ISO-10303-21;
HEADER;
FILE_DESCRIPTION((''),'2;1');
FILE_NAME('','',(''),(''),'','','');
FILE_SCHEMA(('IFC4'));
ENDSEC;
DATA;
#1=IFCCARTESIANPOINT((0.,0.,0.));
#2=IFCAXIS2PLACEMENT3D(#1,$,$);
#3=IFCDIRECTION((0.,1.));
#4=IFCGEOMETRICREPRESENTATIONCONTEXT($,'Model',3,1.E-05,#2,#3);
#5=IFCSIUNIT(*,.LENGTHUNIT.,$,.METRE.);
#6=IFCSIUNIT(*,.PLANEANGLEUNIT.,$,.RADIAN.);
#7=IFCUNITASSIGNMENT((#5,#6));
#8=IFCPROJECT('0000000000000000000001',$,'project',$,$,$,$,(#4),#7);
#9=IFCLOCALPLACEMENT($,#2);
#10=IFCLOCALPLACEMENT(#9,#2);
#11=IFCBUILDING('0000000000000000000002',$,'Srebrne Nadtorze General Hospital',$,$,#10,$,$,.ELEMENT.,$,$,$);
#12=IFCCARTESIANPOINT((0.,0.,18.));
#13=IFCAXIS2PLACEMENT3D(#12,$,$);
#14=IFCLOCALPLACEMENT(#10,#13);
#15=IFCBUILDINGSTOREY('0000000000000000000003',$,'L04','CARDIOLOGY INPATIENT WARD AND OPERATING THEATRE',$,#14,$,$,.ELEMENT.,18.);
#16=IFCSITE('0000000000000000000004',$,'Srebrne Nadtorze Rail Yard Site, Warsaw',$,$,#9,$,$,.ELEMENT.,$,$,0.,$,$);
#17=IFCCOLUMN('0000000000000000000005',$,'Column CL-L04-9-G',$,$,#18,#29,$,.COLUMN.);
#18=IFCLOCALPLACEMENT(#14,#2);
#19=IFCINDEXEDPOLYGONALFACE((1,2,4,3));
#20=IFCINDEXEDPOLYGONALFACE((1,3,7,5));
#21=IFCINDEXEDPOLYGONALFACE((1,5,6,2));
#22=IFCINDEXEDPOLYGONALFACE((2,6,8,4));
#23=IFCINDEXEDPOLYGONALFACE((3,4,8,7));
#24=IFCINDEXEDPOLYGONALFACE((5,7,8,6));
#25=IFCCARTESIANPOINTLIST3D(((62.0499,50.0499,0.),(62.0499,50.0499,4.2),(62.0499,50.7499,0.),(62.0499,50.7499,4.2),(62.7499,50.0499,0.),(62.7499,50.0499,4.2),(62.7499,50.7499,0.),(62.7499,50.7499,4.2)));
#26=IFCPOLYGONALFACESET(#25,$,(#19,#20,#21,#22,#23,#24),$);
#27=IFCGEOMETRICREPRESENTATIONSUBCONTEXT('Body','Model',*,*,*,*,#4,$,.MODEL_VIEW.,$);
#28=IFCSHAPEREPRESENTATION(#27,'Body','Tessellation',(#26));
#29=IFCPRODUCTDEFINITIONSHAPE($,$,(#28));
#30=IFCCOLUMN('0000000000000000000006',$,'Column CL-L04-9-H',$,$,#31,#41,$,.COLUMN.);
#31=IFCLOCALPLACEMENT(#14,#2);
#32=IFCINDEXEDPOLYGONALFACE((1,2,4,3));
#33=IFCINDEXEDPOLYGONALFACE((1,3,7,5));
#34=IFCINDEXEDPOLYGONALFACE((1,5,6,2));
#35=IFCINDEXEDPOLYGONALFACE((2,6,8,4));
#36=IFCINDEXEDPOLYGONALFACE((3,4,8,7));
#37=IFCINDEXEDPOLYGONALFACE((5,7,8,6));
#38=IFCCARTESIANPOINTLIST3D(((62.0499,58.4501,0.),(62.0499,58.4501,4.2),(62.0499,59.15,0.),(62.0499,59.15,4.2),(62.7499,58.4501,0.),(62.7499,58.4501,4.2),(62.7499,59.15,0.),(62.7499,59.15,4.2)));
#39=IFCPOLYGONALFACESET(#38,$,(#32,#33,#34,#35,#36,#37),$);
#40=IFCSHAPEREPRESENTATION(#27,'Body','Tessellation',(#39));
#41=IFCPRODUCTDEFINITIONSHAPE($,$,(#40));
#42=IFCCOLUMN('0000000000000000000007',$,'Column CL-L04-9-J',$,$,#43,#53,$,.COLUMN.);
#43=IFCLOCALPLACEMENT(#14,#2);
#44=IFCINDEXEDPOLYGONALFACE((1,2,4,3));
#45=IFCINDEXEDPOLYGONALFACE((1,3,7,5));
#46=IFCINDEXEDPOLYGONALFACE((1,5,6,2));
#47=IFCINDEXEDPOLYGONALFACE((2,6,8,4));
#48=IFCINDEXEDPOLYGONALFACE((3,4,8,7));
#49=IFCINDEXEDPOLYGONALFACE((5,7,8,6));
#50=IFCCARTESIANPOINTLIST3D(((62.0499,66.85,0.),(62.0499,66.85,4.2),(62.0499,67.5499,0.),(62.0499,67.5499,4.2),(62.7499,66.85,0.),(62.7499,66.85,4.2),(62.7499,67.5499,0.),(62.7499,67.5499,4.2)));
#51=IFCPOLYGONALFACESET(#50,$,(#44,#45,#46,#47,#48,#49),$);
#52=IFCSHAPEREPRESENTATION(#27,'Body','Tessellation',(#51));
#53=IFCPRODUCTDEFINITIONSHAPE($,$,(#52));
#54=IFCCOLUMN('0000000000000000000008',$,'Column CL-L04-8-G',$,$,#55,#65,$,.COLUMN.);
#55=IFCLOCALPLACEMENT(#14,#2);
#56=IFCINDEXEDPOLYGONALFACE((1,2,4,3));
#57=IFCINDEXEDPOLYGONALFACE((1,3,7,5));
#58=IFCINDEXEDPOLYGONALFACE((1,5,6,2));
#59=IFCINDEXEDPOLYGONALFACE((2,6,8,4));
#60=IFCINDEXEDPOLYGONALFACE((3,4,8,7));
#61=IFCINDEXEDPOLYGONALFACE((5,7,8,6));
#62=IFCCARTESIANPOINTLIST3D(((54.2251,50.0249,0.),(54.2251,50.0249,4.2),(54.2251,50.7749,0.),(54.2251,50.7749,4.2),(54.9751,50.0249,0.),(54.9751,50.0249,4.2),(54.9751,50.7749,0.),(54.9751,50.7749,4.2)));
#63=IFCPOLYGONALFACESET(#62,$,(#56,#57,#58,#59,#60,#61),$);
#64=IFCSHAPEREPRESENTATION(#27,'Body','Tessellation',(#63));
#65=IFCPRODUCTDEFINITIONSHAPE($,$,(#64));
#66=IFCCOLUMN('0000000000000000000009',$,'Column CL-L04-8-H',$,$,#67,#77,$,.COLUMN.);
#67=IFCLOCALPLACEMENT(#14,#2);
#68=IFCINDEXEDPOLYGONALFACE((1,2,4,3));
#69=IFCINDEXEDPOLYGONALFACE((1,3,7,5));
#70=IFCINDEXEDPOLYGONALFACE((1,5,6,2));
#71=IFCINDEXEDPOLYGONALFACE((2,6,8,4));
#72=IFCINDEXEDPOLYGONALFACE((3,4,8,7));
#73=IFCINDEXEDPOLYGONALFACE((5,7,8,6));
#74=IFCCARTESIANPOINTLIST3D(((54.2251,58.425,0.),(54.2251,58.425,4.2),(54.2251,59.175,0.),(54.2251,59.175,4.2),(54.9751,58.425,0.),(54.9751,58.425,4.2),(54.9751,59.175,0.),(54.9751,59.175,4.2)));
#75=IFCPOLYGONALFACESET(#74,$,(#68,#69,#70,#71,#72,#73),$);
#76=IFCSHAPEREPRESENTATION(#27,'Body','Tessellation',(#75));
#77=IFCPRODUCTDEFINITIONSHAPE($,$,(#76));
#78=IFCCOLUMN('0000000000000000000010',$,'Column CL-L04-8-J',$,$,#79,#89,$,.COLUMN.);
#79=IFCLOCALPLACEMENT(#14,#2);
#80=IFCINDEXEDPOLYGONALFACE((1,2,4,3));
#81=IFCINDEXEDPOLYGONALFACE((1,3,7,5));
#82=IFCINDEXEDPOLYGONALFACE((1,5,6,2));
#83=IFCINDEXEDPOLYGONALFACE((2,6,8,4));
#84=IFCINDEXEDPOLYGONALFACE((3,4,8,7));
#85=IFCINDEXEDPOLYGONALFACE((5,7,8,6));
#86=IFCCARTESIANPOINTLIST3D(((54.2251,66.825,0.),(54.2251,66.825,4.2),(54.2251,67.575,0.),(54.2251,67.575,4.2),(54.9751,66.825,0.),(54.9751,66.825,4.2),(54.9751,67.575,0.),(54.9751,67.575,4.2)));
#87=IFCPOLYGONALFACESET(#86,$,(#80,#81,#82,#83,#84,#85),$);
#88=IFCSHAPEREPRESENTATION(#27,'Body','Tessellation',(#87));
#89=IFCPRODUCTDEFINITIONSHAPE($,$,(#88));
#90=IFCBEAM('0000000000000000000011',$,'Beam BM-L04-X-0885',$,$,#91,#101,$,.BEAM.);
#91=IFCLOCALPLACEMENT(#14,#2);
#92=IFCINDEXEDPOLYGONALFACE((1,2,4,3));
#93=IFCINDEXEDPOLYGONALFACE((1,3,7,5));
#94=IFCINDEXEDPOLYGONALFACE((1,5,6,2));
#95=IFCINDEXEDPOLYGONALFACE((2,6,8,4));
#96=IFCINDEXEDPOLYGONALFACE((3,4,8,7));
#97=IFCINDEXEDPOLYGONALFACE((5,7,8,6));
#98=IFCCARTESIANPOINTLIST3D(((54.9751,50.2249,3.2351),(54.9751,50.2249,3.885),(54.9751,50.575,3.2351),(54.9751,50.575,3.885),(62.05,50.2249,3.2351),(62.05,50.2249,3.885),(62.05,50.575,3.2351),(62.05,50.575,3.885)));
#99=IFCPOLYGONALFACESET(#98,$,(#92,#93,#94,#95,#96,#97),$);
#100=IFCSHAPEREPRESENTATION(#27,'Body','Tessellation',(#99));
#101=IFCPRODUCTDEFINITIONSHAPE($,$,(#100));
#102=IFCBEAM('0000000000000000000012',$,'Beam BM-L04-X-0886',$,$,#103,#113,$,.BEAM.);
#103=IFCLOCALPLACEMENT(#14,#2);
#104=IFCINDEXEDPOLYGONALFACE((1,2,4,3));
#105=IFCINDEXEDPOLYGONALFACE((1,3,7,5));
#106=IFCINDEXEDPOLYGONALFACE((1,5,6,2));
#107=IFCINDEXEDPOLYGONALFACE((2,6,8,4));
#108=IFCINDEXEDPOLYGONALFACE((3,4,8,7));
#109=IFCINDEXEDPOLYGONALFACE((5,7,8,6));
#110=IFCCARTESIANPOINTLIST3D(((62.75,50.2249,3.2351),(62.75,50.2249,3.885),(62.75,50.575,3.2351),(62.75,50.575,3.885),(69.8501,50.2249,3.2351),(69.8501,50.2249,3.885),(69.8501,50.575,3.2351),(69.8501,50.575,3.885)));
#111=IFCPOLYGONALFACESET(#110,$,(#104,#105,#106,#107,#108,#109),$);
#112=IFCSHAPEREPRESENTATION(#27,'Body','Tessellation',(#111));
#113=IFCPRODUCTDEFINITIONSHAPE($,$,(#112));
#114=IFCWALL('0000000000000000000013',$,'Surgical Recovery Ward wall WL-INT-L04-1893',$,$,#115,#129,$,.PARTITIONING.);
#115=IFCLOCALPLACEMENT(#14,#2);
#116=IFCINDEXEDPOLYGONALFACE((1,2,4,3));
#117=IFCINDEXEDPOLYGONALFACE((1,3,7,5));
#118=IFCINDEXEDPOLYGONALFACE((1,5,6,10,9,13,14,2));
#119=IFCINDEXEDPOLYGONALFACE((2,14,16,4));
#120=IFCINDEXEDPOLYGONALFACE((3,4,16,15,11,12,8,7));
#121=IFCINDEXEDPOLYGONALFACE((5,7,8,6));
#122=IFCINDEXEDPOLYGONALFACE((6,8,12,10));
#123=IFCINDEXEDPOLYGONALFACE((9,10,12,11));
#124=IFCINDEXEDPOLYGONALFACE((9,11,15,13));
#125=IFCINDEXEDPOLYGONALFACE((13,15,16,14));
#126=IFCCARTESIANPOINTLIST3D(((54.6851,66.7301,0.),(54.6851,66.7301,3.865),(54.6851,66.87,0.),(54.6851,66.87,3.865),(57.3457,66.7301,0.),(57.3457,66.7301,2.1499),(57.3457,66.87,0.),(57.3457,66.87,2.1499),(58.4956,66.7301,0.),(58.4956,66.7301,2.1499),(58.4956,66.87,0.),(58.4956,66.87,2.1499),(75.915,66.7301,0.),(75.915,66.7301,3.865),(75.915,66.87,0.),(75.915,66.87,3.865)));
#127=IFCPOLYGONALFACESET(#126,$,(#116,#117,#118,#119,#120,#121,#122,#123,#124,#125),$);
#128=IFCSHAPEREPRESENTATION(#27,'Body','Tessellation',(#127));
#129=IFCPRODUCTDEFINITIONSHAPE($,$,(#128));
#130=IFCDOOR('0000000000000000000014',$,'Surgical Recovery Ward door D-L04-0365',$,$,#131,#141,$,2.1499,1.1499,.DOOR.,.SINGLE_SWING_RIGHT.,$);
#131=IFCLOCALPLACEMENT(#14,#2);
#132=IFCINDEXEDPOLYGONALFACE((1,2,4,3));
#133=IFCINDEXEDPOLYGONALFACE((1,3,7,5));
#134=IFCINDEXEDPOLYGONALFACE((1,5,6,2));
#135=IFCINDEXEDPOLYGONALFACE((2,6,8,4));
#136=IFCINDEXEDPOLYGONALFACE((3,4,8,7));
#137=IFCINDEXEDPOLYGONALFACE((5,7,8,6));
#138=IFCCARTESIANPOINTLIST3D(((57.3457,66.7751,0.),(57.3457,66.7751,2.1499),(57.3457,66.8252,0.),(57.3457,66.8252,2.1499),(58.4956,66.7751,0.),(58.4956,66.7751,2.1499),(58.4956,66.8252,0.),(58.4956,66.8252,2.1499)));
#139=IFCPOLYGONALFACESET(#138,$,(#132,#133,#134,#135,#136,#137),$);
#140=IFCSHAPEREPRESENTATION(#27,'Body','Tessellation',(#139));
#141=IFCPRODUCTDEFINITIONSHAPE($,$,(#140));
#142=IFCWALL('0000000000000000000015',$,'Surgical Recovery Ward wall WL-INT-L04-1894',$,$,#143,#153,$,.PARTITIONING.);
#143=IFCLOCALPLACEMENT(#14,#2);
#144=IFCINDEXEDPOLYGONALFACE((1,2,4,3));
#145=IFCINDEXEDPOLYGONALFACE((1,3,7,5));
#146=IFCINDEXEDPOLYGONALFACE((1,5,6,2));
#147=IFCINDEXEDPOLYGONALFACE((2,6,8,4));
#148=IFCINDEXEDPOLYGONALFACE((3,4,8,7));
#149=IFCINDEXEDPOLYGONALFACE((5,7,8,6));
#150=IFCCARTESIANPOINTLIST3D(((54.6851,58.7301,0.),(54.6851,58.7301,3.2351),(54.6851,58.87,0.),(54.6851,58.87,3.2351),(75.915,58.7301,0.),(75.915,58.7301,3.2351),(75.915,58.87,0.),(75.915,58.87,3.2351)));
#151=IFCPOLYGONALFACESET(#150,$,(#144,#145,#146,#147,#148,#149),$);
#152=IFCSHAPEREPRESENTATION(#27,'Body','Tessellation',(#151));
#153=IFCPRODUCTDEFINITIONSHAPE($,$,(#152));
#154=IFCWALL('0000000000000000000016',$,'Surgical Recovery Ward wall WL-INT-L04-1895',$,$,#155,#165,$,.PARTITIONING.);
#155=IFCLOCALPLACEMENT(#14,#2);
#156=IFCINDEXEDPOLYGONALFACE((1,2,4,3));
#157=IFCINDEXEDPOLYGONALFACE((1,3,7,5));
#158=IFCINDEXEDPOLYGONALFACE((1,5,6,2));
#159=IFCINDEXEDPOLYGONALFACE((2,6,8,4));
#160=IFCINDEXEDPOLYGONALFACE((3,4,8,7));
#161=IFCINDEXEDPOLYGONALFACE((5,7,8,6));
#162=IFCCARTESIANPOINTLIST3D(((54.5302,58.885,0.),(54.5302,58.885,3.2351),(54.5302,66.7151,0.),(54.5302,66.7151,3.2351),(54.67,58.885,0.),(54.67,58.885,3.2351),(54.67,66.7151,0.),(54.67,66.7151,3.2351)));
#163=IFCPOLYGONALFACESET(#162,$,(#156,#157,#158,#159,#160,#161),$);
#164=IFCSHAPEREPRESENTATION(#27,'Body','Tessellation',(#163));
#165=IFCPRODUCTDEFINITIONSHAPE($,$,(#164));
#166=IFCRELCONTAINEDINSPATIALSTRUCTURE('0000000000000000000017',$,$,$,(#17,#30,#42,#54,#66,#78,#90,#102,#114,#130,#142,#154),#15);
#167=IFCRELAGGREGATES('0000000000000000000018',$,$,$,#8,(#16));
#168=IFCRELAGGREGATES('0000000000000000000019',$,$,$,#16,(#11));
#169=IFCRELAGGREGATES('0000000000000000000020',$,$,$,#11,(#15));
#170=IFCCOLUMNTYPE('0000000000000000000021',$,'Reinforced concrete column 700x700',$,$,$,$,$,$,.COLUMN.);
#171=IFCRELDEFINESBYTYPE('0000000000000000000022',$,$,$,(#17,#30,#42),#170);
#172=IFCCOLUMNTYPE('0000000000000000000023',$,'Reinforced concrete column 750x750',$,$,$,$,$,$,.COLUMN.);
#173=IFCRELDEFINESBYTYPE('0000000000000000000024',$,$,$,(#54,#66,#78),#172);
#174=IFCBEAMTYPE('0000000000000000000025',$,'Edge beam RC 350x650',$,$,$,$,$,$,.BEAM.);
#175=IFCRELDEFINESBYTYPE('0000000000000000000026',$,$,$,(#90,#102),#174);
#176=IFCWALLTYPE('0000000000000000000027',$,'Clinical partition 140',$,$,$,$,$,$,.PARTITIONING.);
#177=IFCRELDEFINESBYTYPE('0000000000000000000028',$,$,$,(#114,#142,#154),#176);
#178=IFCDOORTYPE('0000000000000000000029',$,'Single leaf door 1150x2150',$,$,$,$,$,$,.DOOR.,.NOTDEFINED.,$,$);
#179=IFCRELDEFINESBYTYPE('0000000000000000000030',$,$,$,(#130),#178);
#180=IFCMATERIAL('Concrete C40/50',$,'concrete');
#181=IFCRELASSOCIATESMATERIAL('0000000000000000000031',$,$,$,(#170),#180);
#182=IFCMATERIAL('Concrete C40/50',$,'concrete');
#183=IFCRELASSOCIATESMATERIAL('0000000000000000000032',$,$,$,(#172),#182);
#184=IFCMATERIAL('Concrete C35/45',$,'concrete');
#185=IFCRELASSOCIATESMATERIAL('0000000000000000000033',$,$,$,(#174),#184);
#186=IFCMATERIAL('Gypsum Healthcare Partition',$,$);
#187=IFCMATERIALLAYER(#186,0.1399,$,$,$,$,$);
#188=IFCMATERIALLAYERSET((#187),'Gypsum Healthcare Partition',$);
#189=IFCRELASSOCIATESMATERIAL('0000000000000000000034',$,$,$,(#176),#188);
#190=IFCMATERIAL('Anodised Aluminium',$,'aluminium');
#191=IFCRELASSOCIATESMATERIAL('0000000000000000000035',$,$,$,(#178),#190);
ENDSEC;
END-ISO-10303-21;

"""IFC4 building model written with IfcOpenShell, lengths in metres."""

from ifc_helpers import new_model, si_unit, direction, frame, frame_2d, origin, origin_2d, place, context, subcontext, project, spatial, rectangle, extrude, material, layer, layer_set, material_profile, profile_set, type_object, element, fill, save


model = new_model("IFC4")

# Units and contexts
model_context = context("Model", 3, precision=1e-05, world=origin(), true_north=direction((0.0, 1.0)))
body_context = subcontext(model_context, "Body", "Model", "MODEL_VIEW")
ifc_project = project(units=[si_unit("LENGTHUNIT", "METRE"), si_unit("PLANEANGLEUNIT", "RADIAN")], contexts=[model_context])

# Site, building, storey
site_placement = place(None, origin())
site = spatial("IfcSite", under=ifc_project, at=site_placement, Name="Srebrne Nadtorze Rail Yard Site, Warsaw", CompositionType="ELEMENT", RefElevation=0.0)
building_placement = place(site_placement, origin())
building = spatial("IfcBuilding", under=site, at=building_placement, Name="Srebrne Nadtorze General Hospital", CompositionType="ELEMENT")
storey_placement = place(building_placement, frame((0.0, 0.0, 18.0)))
storey = spatial("IfcBuildingStorey", under=building, at=storey_placement, Name="L04", Description="CARDIOLOGY INPATIENT WARD AND OPERATING THEATRE", CompositionType="ELEMENT", Elevation=18.0)

# Columns
ifc_material_1 = material(Name="Concrete C40/50", Category="concrete")
ifc_material_profile_1 = material_profile(ifc_material_1, rectangle(XDim=0.7, YDim=0.7, at=origin_2d()), Name="RC-COL-700x700")
ifc_profile_set_1 = profile_set([ifc_material_profile_1], Name="Concrete C40/50")
column_type_1 = type_object("IfcColumnType", Name="Reinforced concrete column 700x700", PredefinedType="COLUMN", material=ifc_profile_set_1)
for number, where, z_axis, x_axis, name in (
    (1, (62.3999, 50.3999, 0.0), (0.0, 0.0, 1.0), (1.0, 0.0, 0.0), "Column CL-L04-9-G"),
    (2, (62.3999, 58.8, 0.0), (0.0, 0.0, 1.0), (1.0, 0.0, 0.0), "Column CL-L04-9-H"),
    (3, (62.3999, 67.2, 0.0), (0.0, 0.0, 1.0), (1.0, 0.0, 0.0), "Column CL-L04-9-J"),
):
    element("IfcColumn", number, at=place(storey_placement, frame(where, z_axis=z_axis, x_axis=x_axis)), inside=storey, type_object=column_type_1, Name=name, PredefinedType="COLUMN", context=body_context, shape_type="SweptSolid", body=[
        extrude(rectangle(XDim=0.7, YDim=0.7, at=origin_2d()), origin(), (0.0, 0.0, 1.0), 4.2),
    ])
ifc_material_2 = material(Name="Concrete C40/50", Category="concrete")
ifc_material_profile_2 = material_profile(ifc_material_2, rectangle(XDim=0.75, YDim=0.75, at=origin_2d()), Name="RC-COL-750x750")
ifc_profile_set_2 = profile_set([ifc_material_profile_2], Name="Concrete C40/50")
column_type_2 = type_object("IfcColumnType", Name="Reinforced concrete column 750x750", PredefinedType="COLUMN", material=ifc_profile_set_2)
for number, where, z_axis, x_axis, name in (
    (4, (54.6001, 50.3999, 0.0), (0.0, 0.0, 1.0), (1.0, 0.0, 0.0), "Column CL-L04-8-G"),
    (5, (54.6001, 58.8, 0.0), (0.0, 0.0, 1.0), (1.0, 0.0, 0.0), "Column CL-L04-8-H"),
    (6, (54.6001, 67.2, 0.0), (0.0, 0.0, 1.0), (1.0, 0.0, 0.0), "Column CL-L04-8-J"),
):
    element("IfcColumn", number, at=place(storey_placement, frame(where, z_axis=z_axis, x_axis=x_axis)), inside=storey, type_object=column_type_2, Name=name, PredefinedType="COLUMN", context=body_context, shape_type="SweptSolid", body=[
        extrude(rectangle(XDim=0.75, YDim=0.75, at=origin_2d()), origin(), (0.0, 0.0, 1.0), 4.2),
    ])

# Beams
ifc_material_3 = material(Name="Concrete C35/45", Category="concrete")
ifc_material_profile_3 = material_profile(ifc_material_3, rectangle(XDim=0.3501, YDim=0.6499, at=origin_2d()), Name="RC-BM-350x650")
ifc_profile_set_3 = profile_set([ifc_material_profile_3], Name="Concrete C35/45")
beam_type = type_object("IfcBeamType", Name="Edge beam RC 350x650", PredefinedType="BEAM", material=ifc_profile_set_3)
beam_1_placement = place(storey_placement, frame((54.9751, 50.3999, 3.5601), z_axis=(1.0, 0.0, 0.0), x_axis=(0.0, 1.0, 0.0)))
element("IfcBeam", 7, at=beam_1_placement, inside=storey, type_object=beam_type, Name="Beam BM-L04-X-0885", PredefinedType="BEAM", context=body_context, shape_type="SweptSolid", body=[
    extrude(rectangle(XDim=0.3501, YDim=0.6499, at=origin_2d()), origin(), (0.0, 0.0, 1.0), 7.075),
])
beam_2_placement = place(storey_placement, frame((62.75, 50.3999, 3.5601), z_axis=(1.0, 0.0, 0.0), x_axis=(0.0, 1.0, 0.0)))
element("IfcBeam", 8, at=beam_2_placement, inside=storey, type_object=beam_type, Name="Beam BM-L04-X-0886", PredefinedType="BEAM", context=body_context, shape_type="SweptSolid", body=[
    extrude(rectangle(XDim=0.3501, YDim=0.6499, at=origin_2d()), origin(), (0.0, 0.0, 1.0), 7.1001),
])

# Wall, opening, door
ifc_material_4 = material(Name="Gypsum Healthcare Partition")
ifc_layer_1 = layer(ifc_material_4, 0.1399)
ifc_layer_set_1 = layer_set([ifc_layer_1], Name="Gypsum Healthcare Partition")
wall_type_1 = type_object("IfcWallType", Name="Clinical partition 140", PredefinedType="PARTITIONING", material=ifc_layer_set_1)
wall_1_placement = place(storey_placement, frame((54.6851, 66.8, 0.0), z_axis=(0.0, 0.0, 1.0), x_axis=(1.0, 0.0, 0.0)))
wall_1 = element("IfcWall", 9, at=wall_1_placement, inside=storey, type_object=wall_type_1, Name="Surgical Recovery Ward wall WL-INT-L04-1893", PredefinedType="PARTITIONING", context=body_context, shape_type="SweptSolid", body=[
    extrude(rectangle(XDim=21.23, YDim=0.1399, at=frame_2d((10.615, 0.0))), origin(), (0.0, 0.0, 1.0), 3.865),
])
opening_1_placement = place(wall_1_placement, frame((2.6606, 0.0, 0.0)))
opening_1 = element("IfcOpeningElement", 10, at=opening_1_placement, cuts=wall_1, PredefinedType="OPENING", context=body_context, shape_type="SweptSolid", body=[
    extrude(rectangle(XDim=1.1499, YDim=2.1499, at=frame_2d((0.575, 1.075))), frame((0.0, 0.082, 0.0), z_axis=(0.0, -1.0, 0.0), x_axis=(1.0, 0.0, 0.0)), (0.0, 0.0, 1.0), 0.1638),
])
ifc_material_5 = material(Name="Anodised Aluminium", Category="aluminium")
door_type_1 = type_object("IfcDoorType", Name="Single leaf door 1150x2150", OperationType="NOTDEFINED", PredefinedType="DOOR", material=ifc_material_5)
door_1_placement = place(opening_1_placement, frame((1.1499, 0.0, 0.0), z_axis=(0.0, 0.0, 1.0), x_axis=(-1.0, 0.0, 0.0)))
door_1 = element("IfcDoor", 11, at=door_1_placement, inside=storey, type_object=door_type_1, Name="Surgical Recovery Ward door D-L04-0365", OperationType="SINGLE_SWING_RIGHT", OverallHeight=2.1499, OverallWidth=1.1499, PredefinedType="DOOR", context=body_context, shape_type="SweptSolid", body=[
    extrude(rectangle(XDim=1.1499, YDim=2.1499, at=frame_2d((0.575, 1.075))), frame((0.0, 0.0249, 0.0), z_axis=(0.0, -1.0, 0.0), x_axis=(1.0, 0.0, 0.0)), (0.0, 0.0, 1.0), 0.05),
])
fill(opening_1, door_1)

# Walls
wall_2_placement = place(storey_placement, frame((54.6851, 58.8, 0.0), z_axis=(0.0, 0.0, 1.0), x_axis=(1.0, 0.0, 0.0)))
element("IfcWall", 12, at=wall_2_placement, inside=storey, type_object=wall_type_1, Name="Surgical Recovery Ward wall WL-INT-L04-1894", PredefinedType="PARTITIONING", context=body_context, shape_type="SweptSolid", body=[
    extrude(rectangle(XDim=21.23, YDim=0.1399, at=frame_2d((10.615, 0.0))), origin(), (0.0, 0.0, 1.0), 3.2351),
])
wall_3_placement = place(storey_placement, frame((54.6001, 58.885, 0.0), z_axis=(0.0, 0.0, 1.0), x_axis=(0.0, 1.0, 0.0)))
element("IfcWall", 13, at=wall_3_placement, inside=storey, type_object=wall_type_1, Name="Surgical Recovery Ward wall WL-INT-L04-1895", PredefinedType="PARTITIONING", context=body_context, shape_type="SweptSolid", body=[
    extrude(rectangle(XDim=7.8301, YDim=0.1399, at=frame_2d((3.915, 0.0))), origin(), (0.0, 0.0, 1.0), 3.2351),
])

save(model, "model.ifc")
